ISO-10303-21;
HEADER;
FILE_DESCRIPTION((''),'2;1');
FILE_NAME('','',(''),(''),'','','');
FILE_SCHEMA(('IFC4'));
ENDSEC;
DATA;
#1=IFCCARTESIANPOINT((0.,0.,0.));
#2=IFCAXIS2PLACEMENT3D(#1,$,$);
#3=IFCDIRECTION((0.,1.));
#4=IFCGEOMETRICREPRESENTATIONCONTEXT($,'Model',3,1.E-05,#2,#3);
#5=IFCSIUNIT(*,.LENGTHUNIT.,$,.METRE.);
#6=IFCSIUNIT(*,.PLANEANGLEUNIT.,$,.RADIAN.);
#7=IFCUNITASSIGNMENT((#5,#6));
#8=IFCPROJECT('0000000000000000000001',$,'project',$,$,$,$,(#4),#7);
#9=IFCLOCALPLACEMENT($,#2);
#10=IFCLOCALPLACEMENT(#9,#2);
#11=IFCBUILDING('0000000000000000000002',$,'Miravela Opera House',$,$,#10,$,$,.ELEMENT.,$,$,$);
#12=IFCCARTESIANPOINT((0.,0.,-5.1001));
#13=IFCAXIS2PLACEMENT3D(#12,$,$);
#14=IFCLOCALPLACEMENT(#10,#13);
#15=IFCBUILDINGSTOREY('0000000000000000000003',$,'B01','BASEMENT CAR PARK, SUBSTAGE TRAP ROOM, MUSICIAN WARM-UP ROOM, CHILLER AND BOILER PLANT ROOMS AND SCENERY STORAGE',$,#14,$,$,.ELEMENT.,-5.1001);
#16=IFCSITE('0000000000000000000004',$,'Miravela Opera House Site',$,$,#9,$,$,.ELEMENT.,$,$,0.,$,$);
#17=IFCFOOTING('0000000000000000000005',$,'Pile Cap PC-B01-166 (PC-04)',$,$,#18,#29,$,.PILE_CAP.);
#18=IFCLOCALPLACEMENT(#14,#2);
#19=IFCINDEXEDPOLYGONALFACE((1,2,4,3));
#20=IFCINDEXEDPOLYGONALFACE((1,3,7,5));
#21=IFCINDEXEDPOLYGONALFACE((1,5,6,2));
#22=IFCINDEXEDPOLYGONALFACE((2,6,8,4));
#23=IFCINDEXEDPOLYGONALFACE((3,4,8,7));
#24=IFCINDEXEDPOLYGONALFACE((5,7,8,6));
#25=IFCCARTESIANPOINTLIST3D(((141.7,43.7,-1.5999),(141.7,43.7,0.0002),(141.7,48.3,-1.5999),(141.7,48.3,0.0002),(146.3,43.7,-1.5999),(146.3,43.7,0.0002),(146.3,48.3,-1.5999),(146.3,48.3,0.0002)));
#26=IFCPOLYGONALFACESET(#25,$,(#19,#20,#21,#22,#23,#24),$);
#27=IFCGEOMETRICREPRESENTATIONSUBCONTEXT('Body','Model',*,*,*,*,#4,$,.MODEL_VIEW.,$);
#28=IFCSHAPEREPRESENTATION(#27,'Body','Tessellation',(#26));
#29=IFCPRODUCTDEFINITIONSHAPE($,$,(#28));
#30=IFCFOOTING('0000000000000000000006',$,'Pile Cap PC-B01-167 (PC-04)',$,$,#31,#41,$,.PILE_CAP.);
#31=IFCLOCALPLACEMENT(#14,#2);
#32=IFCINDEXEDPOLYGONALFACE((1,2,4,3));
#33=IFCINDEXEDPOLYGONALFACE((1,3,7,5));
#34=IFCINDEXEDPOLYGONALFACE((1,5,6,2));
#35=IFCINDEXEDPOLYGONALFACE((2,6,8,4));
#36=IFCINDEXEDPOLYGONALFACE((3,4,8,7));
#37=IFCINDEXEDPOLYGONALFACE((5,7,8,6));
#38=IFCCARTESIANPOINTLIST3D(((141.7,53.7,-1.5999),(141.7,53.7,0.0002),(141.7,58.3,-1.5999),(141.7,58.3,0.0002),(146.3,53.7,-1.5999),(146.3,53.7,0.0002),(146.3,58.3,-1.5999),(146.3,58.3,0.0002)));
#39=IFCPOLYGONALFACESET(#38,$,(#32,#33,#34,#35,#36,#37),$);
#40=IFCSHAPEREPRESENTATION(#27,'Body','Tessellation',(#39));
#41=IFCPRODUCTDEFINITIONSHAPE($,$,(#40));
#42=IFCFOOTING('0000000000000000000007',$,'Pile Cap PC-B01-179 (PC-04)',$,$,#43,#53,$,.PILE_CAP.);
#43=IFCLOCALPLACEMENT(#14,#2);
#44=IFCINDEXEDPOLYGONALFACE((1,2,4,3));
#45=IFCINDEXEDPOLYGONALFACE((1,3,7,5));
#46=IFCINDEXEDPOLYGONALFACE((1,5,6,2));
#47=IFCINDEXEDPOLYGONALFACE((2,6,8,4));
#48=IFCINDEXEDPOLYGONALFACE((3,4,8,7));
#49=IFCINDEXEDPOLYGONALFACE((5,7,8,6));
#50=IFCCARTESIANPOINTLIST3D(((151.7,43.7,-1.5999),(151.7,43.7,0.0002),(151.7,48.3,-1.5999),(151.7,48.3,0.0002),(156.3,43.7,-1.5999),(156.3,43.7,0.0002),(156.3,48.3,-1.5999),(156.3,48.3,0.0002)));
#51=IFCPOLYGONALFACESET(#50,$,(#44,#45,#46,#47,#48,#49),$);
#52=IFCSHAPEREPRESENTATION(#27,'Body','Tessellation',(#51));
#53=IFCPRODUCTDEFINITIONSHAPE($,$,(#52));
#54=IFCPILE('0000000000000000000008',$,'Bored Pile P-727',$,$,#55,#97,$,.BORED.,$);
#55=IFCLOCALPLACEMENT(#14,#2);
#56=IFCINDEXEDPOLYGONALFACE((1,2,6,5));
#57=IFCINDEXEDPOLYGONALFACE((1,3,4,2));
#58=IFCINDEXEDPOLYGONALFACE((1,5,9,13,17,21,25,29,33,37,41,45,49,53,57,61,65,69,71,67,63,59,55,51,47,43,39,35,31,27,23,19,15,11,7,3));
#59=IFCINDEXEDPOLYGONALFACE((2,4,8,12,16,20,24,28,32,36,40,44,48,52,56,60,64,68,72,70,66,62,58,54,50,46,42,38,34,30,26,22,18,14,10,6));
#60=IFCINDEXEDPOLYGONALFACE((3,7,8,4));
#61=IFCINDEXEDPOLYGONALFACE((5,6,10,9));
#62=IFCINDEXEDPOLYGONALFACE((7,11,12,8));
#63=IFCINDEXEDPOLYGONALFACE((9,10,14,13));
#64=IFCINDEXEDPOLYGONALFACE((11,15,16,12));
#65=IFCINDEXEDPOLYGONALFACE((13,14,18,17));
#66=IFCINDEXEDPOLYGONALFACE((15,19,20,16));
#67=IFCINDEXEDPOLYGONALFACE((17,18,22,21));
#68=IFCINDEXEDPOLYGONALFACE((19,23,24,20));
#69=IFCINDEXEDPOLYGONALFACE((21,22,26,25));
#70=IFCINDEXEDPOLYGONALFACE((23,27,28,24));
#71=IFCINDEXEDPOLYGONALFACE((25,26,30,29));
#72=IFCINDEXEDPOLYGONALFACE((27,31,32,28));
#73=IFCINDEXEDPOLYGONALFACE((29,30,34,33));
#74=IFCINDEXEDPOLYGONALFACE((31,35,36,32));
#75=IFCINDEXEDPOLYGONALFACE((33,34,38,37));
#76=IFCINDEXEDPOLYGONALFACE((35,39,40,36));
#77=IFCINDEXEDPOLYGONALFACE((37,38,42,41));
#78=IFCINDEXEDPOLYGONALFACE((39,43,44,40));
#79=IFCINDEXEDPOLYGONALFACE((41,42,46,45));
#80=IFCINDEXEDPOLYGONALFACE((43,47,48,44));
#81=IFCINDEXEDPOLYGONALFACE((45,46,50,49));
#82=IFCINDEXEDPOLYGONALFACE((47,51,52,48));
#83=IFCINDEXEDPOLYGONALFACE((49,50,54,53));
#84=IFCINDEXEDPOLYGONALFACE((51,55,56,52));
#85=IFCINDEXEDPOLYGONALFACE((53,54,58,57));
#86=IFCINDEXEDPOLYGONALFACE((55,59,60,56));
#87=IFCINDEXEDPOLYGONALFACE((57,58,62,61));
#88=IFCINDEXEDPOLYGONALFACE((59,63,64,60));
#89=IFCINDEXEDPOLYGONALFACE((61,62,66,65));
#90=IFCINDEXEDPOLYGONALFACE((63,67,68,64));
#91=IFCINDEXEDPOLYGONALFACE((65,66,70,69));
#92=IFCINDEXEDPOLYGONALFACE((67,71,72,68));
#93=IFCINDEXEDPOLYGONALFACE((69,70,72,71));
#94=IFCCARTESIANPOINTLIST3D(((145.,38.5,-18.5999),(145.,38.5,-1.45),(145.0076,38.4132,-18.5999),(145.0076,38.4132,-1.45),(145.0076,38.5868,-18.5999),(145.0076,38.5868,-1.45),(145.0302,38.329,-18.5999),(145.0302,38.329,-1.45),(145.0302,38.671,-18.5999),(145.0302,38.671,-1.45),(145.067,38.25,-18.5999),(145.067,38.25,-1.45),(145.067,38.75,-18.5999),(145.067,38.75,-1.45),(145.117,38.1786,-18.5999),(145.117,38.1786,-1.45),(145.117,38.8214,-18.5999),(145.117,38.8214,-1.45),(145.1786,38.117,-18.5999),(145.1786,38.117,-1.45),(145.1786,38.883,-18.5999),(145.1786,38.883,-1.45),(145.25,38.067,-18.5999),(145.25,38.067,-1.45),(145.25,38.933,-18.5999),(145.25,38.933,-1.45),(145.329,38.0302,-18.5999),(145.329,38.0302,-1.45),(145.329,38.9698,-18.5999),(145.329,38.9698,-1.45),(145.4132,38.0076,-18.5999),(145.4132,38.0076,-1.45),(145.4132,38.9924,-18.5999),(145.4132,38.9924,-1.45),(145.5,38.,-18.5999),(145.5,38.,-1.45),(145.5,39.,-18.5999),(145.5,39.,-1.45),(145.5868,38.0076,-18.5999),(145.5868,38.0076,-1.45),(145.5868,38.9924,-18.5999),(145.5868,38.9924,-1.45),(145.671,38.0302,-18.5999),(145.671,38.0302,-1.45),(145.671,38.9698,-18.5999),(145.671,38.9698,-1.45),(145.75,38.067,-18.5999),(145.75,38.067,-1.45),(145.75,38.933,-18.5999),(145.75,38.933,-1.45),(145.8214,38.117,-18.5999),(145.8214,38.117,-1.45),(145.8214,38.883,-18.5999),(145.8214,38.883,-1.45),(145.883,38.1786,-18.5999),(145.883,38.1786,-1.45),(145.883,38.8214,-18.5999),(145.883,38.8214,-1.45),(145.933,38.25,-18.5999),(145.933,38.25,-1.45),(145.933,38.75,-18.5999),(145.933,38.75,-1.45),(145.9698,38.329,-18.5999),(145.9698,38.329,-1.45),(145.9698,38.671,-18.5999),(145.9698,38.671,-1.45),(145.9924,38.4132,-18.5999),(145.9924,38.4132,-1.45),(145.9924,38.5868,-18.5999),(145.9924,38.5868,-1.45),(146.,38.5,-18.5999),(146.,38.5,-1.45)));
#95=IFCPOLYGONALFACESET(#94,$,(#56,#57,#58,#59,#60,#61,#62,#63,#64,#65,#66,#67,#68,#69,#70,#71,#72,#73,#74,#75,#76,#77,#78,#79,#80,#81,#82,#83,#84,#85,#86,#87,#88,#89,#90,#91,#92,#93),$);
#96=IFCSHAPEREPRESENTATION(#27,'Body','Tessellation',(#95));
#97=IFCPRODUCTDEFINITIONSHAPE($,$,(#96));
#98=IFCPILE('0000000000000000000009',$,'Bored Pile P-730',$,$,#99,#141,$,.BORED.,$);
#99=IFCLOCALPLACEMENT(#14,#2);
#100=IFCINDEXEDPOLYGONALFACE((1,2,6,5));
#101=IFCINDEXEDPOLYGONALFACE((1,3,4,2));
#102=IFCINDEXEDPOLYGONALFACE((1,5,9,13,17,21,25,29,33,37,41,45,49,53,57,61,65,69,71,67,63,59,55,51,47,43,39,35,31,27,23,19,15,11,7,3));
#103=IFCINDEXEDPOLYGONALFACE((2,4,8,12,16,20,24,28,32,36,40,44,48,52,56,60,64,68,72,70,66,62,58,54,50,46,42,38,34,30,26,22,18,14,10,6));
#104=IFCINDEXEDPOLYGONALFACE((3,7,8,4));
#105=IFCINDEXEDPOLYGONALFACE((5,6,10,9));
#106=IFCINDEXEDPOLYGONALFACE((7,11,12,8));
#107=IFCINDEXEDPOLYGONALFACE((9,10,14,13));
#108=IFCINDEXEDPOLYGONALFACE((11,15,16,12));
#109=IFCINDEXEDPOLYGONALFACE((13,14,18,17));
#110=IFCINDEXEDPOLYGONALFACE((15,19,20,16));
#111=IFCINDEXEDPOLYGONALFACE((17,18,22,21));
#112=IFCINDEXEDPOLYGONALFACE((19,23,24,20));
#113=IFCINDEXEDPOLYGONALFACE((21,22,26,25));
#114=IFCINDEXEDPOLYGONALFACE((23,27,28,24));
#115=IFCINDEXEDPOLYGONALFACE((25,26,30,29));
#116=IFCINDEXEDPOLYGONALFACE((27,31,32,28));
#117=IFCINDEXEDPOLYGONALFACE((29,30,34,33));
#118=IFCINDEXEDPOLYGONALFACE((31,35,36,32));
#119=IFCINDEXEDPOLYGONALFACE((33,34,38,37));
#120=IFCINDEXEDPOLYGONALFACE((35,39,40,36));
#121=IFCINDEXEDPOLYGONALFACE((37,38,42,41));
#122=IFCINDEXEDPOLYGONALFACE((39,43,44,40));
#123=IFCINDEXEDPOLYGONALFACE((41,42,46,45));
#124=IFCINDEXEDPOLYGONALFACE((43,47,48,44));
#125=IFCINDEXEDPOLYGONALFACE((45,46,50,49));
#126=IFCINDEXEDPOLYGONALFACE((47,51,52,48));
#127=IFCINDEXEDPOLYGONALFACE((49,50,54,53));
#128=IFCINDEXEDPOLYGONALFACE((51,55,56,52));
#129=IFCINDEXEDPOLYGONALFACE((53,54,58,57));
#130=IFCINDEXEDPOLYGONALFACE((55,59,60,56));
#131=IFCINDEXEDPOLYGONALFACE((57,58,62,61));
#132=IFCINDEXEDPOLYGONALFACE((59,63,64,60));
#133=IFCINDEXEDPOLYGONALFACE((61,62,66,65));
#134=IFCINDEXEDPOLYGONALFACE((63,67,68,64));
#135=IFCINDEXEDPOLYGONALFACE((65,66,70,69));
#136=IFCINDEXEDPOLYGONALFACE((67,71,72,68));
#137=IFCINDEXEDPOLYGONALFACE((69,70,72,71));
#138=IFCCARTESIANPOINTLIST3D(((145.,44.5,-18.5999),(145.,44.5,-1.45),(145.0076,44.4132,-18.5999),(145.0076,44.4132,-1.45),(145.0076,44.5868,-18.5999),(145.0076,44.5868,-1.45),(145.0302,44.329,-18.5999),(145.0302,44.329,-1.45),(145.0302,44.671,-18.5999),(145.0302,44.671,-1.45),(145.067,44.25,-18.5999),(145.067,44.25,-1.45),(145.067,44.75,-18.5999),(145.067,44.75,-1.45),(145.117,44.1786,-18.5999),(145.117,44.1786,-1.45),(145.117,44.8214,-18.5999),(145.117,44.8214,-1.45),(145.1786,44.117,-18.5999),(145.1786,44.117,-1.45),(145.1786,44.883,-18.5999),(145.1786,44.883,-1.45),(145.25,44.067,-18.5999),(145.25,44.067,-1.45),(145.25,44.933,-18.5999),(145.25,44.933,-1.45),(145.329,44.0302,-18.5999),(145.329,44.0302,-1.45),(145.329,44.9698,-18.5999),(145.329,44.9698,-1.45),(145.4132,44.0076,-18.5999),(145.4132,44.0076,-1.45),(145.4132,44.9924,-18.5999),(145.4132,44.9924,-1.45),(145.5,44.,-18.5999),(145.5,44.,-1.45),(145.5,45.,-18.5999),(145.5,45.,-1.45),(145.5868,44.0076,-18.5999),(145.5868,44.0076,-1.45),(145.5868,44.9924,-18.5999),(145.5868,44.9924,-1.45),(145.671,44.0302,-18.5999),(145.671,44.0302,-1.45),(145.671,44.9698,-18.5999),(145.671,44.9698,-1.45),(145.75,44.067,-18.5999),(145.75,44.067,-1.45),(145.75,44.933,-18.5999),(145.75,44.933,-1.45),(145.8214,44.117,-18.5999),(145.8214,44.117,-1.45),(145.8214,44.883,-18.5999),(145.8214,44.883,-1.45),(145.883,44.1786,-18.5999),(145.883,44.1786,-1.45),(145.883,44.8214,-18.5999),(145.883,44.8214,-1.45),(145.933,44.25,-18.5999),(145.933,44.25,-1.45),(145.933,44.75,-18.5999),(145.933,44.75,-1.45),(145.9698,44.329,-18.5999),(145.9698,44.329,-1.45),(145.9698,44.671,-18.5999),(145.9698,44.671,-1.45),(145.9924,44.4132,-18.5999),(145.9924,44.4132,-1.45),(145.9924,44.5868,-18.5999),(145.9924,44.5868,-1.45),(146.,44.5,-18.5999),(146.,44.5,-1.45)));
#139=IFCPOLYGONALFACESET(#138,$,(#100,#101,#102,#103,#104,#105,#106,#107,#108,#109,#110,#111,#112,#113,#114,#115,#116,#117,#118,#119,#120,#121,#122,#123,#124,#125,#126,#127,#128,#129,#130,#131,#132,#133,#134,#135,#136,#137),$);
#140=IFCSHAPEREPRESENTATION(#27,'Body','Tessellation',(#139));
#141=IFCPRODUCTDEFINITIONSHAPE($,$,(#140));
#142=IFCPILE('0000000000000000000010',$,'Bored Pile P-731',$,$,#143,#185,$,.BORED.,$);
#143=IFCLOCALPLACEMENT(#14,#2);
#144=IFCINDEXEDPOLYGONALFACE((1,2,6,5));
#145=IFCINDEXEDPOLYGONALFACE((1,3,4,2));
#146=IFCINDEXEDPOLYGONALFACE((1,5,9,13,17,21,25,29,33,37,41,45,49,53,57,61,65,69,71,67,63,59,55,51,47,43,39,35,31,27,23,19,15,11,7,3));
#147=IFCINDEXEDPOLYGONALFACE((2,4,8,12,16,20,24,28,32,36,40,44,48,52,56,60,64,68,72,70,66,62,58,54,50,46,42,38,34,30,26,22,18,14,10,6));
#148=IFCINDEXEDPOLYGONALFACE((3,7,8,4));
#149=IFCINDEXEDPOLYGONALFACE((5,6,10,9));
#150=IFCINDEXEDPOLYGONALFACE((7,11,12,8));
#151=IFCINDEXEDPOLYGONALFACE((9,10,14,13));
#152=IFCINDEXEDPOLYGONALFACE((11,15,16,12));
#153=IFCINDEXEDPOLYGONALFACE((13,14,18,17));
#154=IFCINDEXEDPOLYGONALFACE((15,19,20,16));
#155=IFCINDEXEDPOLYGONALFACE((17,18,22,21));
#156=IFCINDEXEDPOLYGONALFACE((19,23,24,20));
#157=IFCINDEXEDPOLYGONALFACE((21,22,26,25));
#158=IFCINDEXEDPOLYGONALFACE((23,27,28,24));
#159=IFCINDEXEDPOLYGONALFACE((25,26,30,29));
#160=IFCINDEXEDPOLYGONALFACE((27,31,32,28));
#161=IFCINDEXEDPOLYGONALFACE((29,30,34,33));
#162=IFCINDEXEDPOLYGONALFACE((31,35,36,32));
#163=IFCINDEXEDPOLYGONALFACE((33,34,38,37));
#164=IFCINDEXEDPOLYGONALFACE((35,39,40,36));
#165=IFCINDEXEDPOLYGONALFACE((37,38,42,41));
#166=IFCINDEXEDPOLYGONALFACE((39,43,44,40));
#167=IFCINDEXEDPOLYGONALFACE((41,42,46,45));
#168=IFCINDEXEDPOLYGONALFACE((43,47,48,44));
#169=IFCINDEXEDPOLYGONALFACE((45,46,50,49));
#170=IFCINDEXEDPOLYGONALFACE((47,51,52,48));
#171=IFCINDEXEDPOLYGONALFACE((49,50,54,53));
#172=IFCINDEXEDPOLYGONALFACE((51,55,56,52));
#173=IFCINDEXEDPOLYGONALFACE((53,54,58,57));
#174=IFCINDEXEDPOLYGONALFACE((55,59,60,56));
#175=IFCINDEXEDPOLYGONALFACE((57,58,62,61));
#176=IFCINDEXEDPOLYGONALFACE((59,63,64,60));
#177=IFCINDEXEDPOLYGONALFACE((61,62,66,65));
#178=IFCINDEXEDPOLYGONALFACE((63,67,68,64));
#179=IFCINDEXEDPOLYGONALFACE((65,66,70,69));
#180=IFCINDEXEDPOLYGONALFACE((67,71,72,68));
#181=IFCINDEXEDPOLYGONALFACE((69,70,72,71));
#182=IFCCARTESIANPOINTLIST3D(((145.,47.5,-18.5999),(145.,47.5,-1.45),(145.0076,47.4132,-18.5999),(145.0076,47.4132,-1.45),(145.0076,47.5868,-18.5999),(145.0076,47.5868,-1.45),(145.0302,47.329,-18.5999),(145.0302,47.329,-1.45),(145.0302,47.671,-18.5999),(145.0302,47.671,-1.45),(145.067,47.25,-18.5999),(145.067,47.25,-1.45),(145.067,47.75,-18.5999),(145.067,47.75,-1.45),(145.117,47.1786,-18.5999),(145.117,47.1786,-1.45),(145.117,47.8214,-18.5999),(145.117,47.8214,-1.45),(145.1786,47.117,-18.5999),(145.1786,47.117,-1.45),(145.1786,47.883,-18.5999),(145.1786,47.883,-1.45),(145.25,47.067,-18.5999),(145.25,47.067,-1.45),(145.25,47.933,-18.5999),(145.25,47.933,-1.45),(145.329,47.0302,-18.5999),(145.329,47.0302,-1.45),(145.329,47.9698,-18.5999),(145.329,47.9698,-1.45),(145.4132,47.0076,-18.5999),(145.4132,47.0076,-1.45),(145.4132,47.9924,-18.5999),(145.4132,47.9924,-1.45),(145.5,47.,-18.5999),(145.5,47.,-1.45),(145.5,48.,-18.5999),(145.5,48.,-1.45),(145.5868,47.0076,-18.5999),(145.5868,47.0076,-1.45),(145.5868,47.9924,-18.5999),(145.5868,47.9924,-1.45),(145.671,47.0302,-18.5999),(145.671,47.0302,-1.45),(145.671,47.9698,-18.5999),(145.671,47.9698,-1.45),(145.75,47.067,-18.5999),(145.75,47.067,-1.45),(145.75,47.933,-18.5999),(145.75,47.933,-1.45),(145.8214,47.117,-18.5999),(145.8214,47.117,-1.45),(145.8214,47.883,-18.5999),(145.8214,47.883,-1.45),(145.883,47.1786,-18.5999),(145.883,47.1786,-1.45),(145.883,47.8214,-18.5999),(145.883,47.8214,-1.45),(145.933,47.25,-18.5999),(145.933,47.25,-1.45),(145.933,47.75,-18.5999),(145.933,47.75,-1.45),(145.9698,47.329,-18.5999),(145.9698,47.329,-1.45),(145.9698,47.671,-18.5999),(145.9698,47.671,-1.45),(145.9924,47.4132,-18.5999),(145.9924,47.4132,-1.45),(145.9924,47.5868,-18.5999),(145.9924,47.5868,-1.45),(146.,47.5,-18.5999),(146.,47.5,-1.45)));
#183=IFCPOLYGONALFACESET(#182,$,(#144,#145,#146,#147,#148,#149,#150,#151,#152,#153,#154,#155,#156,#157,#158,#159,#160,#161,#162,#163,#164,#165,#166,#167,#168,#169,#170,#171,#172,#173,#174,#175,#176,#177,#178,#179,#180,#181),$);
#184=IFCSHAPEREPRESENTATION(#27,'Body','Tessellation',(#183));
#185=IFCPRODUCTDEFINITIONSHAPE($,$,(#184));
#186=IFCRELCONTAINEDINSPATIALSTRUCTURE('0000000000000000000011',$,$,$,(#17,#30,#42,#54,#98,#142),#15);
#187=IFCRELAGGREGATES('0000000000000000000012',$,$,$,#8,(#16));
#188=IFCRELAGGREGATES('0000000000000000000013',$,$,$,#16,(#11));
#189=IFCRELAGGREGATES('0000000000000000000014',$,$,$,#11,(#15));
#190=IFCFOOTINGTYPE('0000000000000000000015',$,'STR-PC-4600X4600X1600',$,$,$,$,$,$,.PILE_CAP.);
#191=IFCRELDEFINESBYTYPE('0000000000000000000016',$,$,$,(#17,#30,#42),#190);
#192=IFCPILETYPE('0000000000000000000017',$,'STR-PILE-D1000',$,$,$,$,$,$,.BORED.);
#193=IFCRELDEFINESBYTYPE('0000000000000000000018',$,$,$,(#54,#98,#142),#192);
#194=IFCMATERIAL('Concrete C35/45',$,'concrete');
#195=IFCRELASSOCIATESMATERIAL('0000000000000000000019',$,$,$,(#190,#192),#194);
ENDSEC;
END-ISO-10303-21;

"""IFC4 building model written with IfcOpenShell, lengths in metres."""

from ifc_helpers import new_model, si_unit, direction, frame, origin, origin_2d, place, context, subcontext, project, spatial, rectangle, circle, extrude, material, material_profile, profile_set, type_object, element, save


model = new_model("IFC4")

# Units and contexts
model_context = context("Model", 3, precision=1e-05, world=origin(), true_north=direction((0.0, 1.0)))
body_context = subcontext(model_context, "Body", "Model", "MODEL_VIEW")
ifc_project = project(units=[si_unit("LENGTHUNIT", "METRE"), si_unit("PLANEANGLEUNIT", "RADIAN")], contexts=[model_context])

# Site, building, storey
site_placement = place(None, origin())
site = spatial("IfcSite", under=ifc_project, at=site_placement, Name="Miravela Opera House Site", CompositionType="ELEMENT", RefElevation=0.0)
building_placement = place(site_placement, origin())
building = spatial("IfcBuilding", under=site, at=building_placement, Name="Miravela Opera House", CompositionType="ELEMENT")
storey_placement = place(building_placement, frame((0.0, 0.0, -5.1001)))
storey = spatial("IfcBuildingStorey", under=building, at=storey_placement, Name="B01", Description="BASEMENT CAR PARK, SUBSTAGE TRAP ROOM, MUSICIAN WARM-UP ROOM, CHILLER AND BOILER PLANT ROOMS AND SCENERY STORAGE", CompositionType="ELEMENT", Elevation=-5.1001)

# Footings
ifc_material_1 = material(Name="Concrete C35/45", Category="concrete")
footing_type = type_object("IfcFootingType", Name="STR-PC-4600X4600X1600", PredefinedType="PILE_CAP", material=ifc_material_1)
for number, where, z_axis, x_axis, name in (
    (1, (144.0, 46.0, -1.5999), (0.0, 0.0, 1.0), (1.0, 0.0, 0.0), "Pile Cap PC-B01-166 (PC-04)"),
    (2, (144.0, 56.0, -1.5999), (0.0, 0.0, 1.0), (1.0, 0.0, 0.0), "Pile Cap PC-B01-167 (PC-04)"),
    (3, (154.0, 46.0, -1.5999), (0.0, 0.0, 1.0), (1.0, 0.0, 0.0), "Pile Cap PC-B01-179 (PC-04)"),
):
    element("IfcFooting", number, at=place(storey_placement, frame(where, z_axis=z_axis, x_axis=x_axis)), inside=storey, type_object=footing_type, Name=name, PredefinedType="PILE_CAP", context=body_context, shape_type="SweptSolid", body=[
        extrude(rectangle(XDim=4.6001, YDim=4.6001, at=origin_2d()), origin(), (0.0, 0.0, 1.0), 1.6001),
    ])

# Piles
ifc_material_profile_1 = material_profile(ifc_material_1, circle(Radius=0.5, at=origin_2d()), Name="PILE-D1000")
ifc_profile_set_1 = profile_set([ifc_material_profile_1])
pile_type = type_object("IfcPileType", Name="STR-PILE-D1000", PredefinedType="BORED", material=ifc_profile_set_1)
for number, where, z_axis, x_axis, name in (
    (4, (145.5, 38.5, -1.45), (0.0, 0.0, -1.0), (1.0, 0.0, 0.0), "Bored Pile P-727"),
    (5, (145.5, 44.5, -1.45), (0.0, 0.0, -1.0), (1.0, 0.0, 0.0), "Bored Pile P-730"),
    (6, (145.5, 47.5, -1.45), (0.0, 0.0, -1.0), (1.0, 0.0, 0.0), "Bored Pile P-731"),
):
    element("IfcPile", number, at=place(storey_placement, frame(where, z_axis=z_axis, x_axis=x_axis)), inside=storey, type_object=pile_type, Name=name, PredefinedType="BORED", context=body_context, shape_type="SweptSolid", body=[
        extrude(circle(Radius=0.5, at=origin_2d()), origin(), (0.0, 0.0, 1.0), 17.1499),
    ])

save(model, "model.ifc")
